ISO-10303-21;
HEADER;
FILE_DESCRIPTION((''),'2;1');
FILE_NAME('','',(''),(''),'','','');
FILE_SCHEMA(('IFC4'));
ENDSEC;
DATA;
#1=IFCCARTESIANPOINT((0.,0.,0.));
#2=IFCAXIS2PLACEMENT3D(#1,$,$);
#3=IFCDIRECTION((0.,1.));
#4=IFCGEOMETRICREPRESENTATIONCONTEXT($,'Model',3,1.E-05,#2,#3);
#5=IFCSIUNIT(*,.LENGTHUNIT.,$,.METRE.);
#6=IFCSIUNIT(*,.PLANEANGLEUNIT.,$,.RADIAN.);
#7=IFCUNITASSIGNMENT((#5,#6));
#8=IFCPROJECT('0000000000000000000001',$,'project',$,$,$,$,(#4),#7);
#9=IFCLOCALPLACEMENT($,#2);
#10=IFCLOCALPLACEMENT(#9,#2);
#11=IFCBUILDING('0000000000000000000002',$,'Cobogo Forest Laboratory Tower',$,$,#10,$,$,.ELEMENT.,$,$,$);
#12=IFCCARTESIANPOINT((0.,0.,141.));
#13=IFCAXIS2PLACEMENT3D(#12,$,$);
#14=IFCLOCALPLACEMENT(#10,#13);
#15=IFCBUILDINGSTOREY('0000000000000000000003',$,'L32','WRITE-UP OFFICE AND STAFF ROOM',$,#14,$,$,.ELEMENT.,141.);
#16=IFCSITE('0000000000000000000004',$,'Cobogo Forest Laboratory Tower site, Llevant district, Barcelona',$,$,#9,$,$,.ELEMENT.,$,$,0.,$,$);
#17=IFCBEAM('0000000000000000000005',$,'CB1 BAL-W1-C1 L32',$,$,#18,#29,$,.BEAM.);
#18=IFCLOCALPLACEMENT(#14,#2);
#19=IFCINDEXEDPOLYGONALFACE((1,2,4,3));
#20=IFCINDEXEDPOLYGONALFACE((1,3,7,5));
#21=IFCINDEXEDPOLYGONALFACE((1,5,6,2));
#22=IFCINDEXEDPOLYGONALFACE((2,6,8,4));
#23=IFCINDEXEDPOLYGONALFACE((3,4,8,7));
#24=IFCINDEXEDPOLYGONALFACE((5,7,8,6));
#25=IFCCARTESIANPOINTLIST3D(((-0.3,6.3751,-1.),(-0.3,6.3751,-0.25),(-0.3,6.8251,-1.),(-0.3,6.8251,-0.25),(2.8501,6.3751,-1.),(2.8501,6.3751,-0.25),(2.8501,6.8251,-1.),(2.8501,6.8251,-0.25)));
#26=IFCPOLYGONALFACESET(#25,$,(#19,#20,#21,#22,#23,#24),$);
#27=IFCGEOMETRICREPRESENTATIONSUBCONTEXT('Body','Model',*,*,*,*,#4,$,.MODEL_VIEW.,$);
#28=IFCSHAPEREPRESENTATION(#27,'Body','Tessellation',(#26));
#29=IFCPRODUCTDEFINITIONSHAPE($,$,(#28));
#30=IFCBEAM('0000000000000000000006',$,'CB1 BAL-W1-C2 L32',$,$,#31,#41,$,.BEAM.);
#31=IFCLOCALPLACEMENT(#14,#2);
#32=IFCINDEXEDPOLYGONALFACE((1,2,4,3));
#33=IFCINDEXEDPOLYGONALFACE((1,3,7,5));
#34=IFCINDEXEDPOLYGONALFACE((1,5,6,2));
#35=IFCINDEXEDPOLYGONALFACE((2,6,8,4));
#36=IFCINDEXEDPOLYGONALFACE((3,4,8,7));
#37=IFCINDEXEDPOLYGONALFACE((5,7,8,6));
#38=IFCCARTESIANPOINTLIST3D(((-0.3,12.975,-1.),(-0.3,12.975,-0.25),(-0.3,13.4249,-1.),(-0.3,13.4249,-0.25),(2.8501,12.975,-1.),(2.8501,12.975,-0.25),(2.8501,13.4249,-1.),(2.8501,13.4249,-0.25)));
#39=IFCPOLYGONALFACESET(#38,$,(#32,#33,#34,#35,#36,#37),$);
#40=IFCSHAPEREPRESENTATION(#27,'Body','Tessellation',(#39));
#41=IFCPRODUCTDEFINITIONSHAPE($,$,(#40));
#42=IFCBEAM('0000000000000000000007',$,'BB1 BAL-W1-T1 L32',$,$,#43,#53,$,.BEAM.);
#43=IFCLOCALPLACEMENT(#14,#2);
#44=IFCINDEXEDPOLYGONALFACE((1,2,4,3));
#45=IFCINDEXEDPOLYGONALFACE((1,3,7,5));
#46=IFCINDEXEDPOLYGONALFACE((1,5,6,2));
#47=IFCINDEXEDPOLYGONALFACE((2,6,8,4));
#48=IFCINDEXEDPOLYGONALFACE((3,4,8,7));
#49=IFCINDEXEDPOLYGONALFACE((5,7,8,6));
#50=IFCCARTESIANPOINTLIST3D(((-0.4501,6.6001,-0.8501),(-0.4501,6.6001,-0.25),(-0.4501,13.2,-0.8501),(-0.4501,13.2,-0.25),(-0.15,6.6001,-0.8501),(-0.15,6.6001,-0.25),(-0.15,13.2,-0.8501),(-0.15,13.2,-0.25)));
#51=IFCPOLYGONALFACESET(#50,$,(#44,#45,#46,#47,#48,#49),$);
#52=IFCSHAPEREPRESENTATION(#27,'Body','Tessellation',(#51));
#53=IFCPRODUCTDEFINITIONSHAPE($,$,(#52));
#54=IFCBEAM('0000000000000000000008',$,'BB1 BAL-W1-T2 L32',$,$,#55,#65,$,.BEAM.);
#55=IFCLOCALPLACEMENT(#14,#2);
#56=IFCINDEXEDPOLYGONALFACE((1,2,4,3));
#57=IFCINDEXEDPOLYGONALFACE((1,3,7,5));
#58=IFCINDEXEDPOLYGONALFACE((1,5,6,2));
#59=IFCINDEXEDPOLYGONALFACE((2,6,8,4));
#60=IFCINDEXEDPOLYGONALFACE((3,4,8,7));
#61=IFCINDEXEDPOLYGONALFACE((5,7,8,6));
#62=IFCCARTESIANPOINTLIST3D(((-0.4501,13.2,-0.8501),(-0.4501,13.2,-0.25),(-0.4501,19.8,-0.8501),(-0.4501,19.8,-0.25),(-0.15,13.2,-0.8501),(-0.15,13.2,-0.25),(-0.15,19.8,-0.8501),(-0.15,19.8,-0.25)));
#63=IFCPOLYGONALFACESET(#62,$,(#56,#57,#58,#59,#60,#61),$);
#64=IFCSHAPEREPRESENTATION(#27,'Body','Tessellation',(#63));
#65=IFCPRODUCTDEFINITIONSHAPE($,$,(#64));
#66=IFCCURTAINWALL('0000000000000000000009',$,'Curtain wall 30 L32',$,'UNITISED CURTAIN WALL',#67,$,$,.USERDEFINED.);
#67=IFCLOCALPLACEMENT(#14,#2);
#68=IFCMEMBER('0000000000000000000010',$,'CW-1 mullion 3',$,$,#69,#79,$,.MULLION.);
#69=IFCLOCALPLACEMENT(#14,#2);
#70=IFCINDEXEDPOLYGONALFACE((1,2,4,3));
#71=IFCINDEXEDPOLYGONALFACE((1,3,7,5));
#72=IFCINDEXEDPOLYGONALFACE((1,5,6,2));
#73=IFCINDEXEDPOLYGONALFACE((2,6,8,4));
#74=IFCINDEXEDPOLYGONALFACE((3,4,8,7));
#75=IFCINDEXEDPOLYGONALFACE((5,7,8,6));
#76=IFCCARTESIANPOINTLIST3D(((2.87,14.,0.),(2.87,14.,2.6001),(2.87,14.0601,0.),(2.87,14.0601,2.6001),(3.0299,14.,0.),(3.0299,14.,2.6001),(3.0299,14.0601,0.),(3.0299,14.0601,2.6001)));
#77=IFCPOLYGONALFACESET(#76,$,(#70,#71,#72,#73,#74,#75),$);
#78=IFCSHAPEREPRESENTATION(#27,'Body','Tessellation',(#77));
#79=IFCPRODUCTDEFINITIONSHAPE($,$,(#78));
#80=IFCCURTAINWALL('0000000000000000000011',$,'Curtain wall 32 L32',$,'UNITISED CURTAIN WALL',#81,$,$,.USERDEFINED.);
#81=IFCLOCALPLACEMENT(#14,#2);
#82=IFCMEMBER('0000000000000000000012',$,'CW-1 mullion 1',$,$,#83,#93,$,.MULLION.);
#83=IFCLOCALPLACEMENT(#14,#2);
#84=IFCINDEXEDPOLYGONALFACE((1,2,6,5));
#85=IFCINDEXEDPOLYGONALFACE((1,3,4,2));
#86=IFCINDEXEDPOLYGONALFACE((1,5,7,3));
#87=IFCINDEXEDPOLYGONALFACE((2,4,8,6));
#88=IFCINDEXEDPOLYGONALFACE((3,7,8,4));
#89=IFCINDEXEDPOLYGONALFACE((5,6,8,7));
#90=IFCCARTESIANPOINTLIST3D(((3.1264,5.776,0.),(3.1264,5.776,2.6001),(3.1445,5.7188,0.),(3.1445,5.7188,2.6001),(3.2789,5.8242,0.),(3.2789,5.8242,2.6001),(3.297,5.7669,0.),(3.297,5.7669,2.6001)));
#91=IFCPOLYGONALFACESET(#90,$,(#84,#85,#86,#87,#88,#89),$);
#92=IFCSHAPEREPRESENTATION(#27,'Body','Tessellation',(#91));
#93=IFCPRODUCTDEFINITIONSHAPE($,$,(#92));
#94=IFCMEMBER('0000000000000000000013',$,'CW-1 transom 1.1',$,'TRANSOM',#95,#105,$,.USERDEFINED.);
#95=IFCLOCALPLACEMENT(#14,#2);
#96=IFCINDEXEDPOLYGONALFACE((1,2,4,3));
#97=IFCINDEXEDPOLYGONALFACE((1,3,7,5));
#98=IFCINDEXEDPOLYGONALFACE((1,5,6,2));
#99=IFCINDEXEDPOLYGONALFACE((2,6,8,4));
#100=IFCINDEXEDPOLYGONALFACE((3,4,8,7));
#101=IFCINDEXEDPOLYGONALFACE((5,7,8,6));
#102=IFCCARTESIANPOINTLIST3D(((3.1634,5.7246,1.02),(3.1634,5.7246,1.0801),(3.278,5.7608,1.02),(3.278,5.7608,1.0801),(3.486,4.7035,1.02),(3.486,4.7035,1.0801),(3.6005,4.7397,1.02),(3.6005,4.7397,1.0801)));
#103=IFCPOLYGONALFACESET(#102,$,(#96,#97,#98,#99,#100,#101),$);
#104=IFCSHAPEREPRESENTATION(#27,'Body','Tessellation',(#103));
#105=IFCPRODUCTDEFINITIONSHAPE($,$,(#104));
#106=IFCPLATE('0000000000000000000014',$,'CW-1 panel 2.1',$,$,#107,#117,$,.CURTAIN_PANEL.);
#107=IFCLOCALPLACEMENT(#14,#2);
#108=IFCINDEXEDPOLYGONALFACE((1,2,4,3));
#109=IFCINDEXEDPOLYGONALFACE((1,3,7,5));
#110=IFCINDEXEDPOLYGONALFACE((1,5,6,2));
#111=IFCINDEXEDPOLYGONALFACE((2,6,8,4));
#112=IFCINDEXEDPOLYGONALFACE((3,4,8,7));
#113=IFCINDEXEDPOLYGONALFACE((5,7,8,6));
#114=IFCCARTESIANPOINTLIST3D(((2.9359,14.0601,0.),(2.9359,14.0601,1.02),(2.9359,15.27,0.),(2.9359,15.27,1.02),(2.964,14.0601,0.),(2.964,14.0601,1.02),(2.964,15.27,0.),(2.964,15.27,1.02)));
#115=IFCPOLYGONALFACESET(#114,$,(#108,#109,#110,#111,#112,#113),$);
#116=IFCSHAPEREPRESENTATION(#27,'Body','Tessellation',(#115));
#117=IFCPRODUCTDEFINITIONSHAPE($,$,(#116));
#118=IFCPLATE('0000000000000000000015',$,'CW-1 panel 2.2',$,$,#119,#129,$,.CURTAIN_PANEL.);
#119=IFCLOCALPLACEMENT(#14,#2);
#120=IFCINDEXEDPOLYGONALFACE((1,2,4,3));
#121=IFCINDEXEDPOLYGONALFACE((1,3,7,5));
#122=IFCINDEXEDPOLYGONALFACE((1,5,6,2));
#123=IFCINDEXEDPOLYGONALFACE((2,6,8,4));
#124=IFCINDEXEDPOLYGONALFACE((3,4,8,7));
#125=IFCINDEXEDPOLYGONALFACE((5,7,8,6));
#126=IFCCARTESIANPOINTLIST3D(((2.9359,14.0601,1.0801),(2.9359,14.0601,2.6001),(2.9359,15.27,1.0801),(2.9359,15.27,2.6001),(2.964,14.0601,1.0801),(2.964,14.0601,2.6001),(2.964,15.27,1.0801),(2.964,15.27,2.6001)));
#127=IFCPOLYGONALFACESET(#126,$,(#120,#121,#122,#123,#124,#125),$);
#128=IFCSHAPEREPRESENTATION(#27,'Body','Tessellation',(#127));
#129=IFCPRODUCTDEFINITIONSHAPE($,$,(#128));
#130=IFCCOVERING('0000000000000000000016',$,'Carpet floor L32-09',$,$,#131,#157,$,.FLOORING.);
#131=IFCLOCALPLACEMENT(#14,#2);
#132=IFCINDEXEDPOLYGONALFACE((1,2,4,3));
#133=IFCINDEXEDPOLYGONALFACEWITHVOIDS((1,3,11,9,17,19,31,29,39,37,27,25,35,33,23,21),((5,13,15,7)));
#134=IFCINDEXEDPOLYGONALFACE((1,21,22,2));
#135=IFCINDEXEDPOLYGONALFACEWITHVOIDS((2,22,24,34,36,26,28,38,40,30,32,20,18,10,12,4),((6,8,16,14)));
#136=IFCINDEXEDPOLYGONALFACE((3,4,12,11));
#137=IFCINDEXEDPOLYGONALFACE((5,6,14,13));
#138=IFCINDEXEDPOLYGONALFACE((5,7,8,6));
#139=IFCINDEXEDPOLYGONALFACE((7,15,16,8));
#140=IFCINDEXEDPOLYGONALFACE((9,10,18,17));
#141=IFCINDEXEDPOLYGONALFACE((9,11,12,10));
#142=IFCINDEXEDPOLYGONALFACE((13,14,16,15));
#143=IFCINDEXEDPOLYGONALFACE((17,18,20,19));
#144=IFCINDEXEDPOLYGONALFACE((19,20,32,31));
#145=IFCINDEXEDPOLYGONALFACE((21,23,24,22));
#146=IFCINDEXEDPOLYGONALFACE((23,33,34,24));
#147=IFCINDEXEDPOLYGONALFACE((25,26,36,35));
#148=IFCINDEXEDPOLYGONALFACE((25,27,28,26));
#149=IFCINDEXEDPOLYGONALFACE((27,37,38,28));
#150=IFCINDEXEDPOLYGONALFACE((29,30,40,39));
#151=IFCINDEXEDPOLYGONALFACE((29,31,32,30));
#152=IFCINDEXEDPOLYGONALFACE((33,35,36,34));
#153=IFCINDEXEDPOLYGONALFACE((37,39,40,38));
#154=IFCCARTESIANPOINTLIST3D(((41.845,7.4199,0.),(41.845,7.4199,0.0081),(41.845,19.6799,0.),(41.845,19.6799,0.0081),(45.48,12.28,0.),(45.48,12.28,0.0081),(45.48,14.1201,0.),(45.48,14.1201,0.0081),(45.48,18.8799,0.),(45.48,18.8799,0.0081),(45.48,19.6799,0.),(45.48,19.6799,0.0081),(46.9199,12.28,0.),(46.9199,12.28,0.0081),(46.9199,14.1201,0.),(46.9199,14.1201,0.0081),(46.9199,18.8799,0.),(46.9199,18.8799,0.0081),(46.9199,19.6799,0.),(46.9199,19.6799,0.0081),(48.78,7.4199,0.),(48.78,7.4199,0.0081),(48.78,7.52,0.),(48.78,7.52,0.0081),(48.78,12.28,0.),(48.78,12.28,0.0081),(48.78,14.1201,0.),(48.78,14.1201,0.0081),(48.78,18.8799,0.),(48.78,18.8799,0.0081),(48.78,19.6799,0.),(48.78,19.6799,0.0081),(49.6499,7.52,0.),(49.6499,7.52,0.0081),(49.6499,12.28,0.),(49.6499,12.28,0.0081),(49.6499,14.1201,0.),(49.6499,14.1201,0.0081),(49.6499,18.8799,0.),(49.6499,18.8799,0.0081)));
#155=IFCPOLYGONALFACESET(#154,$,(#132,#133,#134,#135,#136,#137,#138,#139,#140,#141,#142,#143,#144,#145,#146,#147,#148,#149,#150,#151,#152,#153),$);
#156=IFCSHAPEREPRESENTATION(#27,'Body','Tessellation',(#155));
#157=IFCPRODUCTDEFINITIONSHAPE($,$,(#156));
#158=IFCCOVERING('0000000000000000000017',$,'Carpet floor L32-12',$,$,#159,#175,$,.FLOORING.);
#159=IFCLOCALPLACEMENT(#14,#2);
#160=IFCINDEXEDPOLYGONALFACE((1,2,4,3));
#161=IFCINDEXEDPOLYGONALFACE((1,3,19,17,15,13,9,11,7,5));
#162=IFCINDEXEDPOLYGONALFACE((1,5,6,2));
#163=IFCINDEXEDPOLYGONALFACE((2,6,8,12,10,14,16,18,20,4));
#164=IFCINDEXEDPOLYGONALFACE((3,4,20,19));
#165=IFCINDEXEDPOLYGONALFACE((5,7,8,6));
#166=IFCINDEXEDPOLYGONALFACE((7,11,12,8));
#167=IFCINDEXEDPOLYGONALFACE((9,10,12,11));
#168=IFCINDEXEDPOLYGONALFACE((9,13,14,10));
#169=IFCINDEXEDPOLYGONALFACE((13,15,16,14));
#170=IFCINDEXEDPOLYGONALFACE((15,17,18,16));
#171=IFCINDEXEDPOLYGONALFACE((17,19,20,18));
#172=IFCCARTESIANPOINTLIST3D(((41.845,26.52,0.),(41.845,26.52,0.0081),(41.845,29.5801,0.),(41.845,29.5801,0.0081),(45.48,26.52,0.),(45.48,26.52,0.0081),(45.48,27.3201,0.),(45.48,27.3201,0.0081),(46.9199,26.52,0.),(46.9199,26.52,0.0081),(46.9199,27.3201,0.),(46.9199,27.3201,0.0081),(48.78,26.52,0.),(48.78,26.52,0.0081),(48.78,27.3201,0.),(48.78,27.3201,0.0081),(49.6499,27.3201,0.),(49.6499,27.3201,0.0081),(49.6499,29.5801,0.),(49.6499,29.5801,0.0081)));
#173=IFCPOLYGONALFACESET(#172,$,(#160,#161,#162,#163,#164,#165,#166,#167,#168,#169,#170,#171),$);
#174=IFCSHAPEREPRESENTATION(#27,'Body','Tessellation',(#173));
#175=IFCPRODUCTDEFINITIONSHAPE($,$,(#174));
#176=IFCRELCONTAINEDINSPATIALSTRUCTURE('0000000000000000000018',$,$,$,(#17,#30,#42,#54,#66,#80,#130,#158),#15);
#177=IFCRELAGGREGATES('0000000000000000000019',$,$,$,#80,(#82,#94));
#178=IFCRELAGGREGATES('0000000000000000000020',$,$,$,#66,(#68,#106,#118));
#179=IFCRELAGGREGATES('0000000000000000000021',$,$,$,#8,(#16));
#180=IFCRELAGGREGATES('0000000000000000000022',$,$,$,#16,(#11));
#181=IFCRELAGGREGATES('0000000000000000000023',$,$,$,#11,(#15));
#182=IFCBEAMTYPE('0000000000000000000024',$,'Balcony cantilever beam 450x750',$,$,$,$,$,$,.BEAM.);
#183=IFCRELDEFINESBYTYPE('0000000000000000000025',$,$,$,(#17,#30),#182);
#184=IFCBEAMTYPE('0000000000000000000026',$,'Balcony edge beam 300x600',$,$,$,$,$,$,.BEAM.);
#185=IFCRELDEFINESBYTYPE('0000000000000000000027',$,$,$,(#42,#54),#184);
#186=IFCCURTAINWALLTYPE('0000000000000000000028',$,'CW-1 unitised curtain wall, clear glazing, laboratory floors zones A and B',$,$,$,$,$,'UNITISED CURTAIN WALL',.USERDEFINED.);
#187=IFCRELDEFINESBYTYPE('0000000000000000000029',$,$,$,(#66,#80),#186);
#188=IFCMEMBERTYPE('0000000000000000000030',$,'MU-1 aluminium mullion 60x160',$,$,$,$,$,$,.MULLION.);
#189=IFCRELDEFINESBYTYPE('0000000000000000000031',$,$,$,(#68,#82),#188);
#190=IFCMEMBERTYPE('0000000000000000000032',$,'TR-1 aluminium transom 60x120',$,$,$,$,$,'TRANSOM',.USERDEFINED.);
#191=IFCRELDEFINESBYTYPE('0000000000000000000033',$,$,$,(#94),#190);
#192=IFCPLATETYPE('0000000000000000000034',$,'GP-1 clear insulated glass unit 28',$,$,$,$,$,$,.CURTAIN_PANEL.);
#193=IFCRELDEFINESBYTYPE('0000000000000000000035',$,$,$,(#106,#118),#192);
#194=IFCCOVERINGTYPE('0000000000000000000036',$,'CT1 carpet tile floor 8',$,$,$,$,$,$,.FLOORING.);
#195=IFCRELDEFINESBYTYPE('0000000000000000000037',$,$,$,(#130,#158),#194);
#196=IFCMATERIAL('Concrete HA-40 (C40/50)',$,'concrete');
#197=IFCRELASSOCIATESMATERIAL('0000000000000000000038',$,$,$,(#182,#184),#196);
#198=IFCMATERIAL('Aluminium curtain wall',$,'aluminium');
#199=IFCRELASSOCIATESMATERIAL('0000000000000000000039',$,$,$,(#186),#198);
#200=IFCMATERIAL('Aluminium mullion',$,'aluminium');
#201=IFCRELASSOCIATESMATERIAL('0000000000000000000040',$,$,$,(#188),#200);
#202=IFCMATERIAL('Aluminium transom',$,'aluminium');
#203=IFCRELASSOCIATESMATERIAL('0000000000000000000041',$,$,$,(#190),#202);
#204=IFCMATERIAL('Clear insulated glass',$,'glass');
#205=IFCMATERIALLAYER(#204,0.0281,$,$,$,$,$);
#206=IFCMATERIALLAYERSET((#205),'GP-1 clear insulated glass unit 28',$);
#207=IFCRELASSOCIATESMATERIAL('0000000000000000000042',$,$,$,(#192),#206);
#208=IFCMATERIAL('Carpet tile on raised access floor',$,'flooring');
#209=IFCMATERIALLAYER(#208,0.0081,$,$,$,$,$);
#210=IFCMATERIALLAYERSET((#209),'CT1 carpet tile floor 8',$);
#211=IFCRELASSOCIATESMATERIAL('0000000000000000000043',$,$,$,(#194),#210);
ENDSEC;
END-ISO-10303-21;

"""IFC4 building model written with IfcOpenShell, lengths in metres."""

from ifc_helpers import new_model, si_unit, direction, frame, origin, origin_2d, place, context, subcontext, project, spatial, polyline, rectangle, outline, extrude, material, layer, layer_set, material_profile, profile_set, type_object, element, aggregate, save


model = new_model("IFC4")

# Units and contexts
model_context = context("Model", 3, precision=1e-05, world=origin(), true_north=direction((0.0, 1.0)))
body_context = subcontext(model_context, "Body", "Model", "MODEL_VIEW")
ifc_project = project(units=[si_unit("LENGTHUNIT", "METRE"), si_unit("PLANEANGLEUNIT", "RADIAN")], contexts=[model_context])

# Site, building, storey
site_placement = place(None, origin())
site = spatial("IfcSite", under=ifc_project, at=site_placement, Name="Cobogo Forest Laboratory Tower site, Llevant district, Barcelona", CompositionType="ELEMENT", RefElevation=0.0)
building_placement = place(site_placement, origin())
building = spatial("IfcBuilding", under=site, at=building_placement, Name="Cobogo Forest Laboratory Tower", CompositionType="ELEMENT")
storey_placement = place(building_placement, frame((0.0, 0.0, 141.0)))
storey = spatial("IfcBuildingStorey", under=building, at=storey_placement, Name="L32", Description="WRITE-UP OFFICE AND STAFF ROOM", CompositionType="ELEMENT", Elevation=141.0)

# Beams
ifc_material_1 = material(Name="Concrete HA-40 (C40/50)", Category="concrete")
ifc_material_profile_1 = material_profile(ifc_material_1, rectangle(XDim=0.45, YDim=0.75, at=origin_2d()), Name="RC 450x750")
ifc_profile_set_1 = profile_set([ifc_material_profile_1], Name="Concrete HA-40 (C40/50)")
beam_type_1 = type_object("IfcBeamType", Name="Balcony cantilever beam 450x750", PredefinedType="BEAM", material=ifc_profile_set_1)
for number, where, z_axis, x_axis, name in (
    (1, (2.8501, 6.6001, -0.625), (-1.0, 0.0, 0.0), (0.0, -1.0, 0.0), "CB1 BAL-W1-C1 L32"),
    (2, (2.8501, 13.2, -0.625), (-1.0, 0.0, 0.0), (0.0, -1.0, 0.0), "CB1 BAL-W1-C2 L32"),
):
    element("IfcBeam", number, at=place(storey_placement, frame(where, z_axis=z_axis, x_axis=x_axis)), inside=storey, type_object=beam_type_1, Name=name, PredefinedType="BEAM", context=body_context, shape_type="SweptSolid", body=[
        extrude(rectangle(XDim=0.45, YDim=0.75, at=origin_2d()), origin(), (0.0, 0.0, 1.0), 3.1501),
    ])
ifc_material_profile_2 = material_profile(ifc_material_1, rectangle(XDim=0.3, YDim=0.6001, at=origin_2d()), Name="RC 300x600")
ifc_profile_set_2 = profile_set([ifc_material_profile_2], Name="Concrete HA-40 (C40/50)")
beam_type_2 = type_object("IfcBeamType", Name="Balcony edge beam 300x600", PredefinedType="BEAM", material=ifc_profile_set_2)
beam_1_placement = place(storey_placement, frame((-0.3, 6.6001, -0.55), z_axis=(0.0, 1.0, 0.0), x_axis=(-1.0, 0.0, 0.0)))
element("IfcBeam", 3, at=beam_1_placement, inside=storey, type_object=beam_type_2, Name="BB1 BAL-W1-T1 L32", PredefinedType="BEAM", context=body_context, shape_type="SweptSolid", body=[
    extrude(rectangle(XDim=0.3, YDim=0.6001, at=origin_2d()), origin(), (0.0, 0.0, 1.0), 6.5999),
])
beam_2_placement = place(storey_placement, frame((-0.3, 13.2, -0.55), z_axis=(0.0, 1.0, 0.0), x_axis=(-1.0, 0.0, 0.0)))
element("IfcBeam", 4, at=beam_2_placement, inside=storey, type_object=beam_type_2, Name="BB1 BAL-W1-T2 L32", PredefinedType="BEAM", context=body_context, shape_type="SweptSolid", body=[
    extrude(rectangle(XDim=0.3, YDim=0.6001, at=origin_2d()), origin(), (0.0, 0.0, 1.0), 6.6001),
])

# Curtain wall, member
ifc_material_2 = material(Name="Aluminium curtain wall", Category="aluminium")
curtain_wall_type = type_object("IfcCurtainWallType", Name="CW-1 unitised curtain wall, clear glazing, laboratory floors zones A and B", ElementType="UNITISED CURTAIN WALL", PredefinedType="USERDEFINED", material=ifc_material_2)
curtain_wall_1_placement = place(storey_placement, origin())
curtain_wall_1 = element("IfcCurtainWall", 5, at=curtain_wall_1_placement, inside=storey, type_object=curtain_wall_type, Name="Curtain wall 30 L32", ObjectType="UNITISED CURTAIN WALL", PredefinedType="USERDEFINED")
ifc_material_3 = material(Name="Aluminium mullion", Category="aluminium")
ifc_material_profile_3 = material_profile(ifc_material_3, rectangle(XDim=0.0601, YDim=0.1599, at=origin_2d()), Name="AL 60x160")
ifc_profile_set_3 = profile_set([ifc_material_profile_3], Name="Aluminium mullion")
member_type_1 = type_object("IfcMemberType", Name="MU-1 aluminium mullion 60x160", PredefinedType="MULLION", material=ifc_profile_set_3)
member_1_placement = place(storey_placement, frame((2.95, 14.03, 0.0), z_axis=(0.0, 0.0, 1.0), x_axis=(0.0, -1.0, 0.0)))
member_1 = element("IfcMember", 6, at=member_1_placement, type_object=member_type_1, Name="CW-1 mullion 3", PredefinedType="MULLION", context=body_context, shape_type="SweptSolid", body=[
    extrude(rectangle(XDim=0.0601, YDim=0.1599, at=origin_2d()), origin(), (0.0, 0.0, 1.0), 2.6001),
])

# Curtain wall, members
curtain_wall_2_placement = place(storey_placement, origin())
curtain_wall_2 = element("IfcCurtainWall", 7, at=curtain_wall_2_placement, inside=storey, type_object=curtain_wall_type, Name="Curtain wall 32 L32", ObjectType="UNITISED CURTAIN WALL", PredefinedType="USERDEFINED")
member_2_placement = place(storey_placement, frame((3.2117, 5.7715, 0.0), z_axis=(0.0, 0.0, 1.0), x_axis=(0.301136, -0.953581, 0.0)))
member_2 = element("IfcMember", 8, at=member_2_placement, type_object=member_type_1, Name="CW-1 mullion 1", PredefinedType="MULLION", context=body_context, shape_type="SweptSolid", body=[
    extrude(rectangle(XDim=0.0601, YDim=0.1599, at=origin_2d()), origin(), (0.0, 0.0, 1.0), 2.6001),
])
ifc_material_4 = material(Name="Aluminium transom", Category="aluminium")
ifc_material_profile_4 = material_profile(ifc_material_4, rectangle(XDim=0.1201, YDim=0.0601, at=origin_2d()), Name="AL 60x120")
ifc_profile_set_4 = profile_set([ifc_material_profile_4], Name="Aluminium transom")
member_type_2 = type_object("IfcMemberType", Name="TR-1 aluminium transom 60x120", ElementType="TRANSOM", PredefinedType="USERDEFINED", material=ifc_profile_set_4)
member_3_placement = place(storey_placement, frame((3.2207, 5.7427, 1.05), z_axis=(0.301208, -0.953559, 0.0), x_axis=(0.953559, 0.301208, 0.0)))
member_3 = element("IfcMember", 9, at=member_3_placement, type_object=member_type_2, Name="CW-1 transom 1.1", ObjectType="TRANSOM", PredefinedType="USERDEFINED", context=body_context, shape_type="SweptSolid", body=[
    extrude(rectangle(XDim=0.1201, YDim=0.0601, at=origin_2d()), origin(), (0.0, 0.0, 1.0), 1.0708),
])
aggregate(curtain_wall_2, [member_2, member_3])

# Plates
ifc_material_5 = material(Name="Clear insulated glass", Category="glass")
ifc_layer_1 = layer(ifc_material_5, 0.0281)
ifc_layer_set_1 = layer_set([ifc_layer_1], Name="GP-1 clear insulated glass unit 28")
plate_type = type_object("IfcPlateType", Name="GP-1 clear insulated glass unit 28", PredefinedType="CURTAIN_PANEL", material=ifc_layer_set_1)
plate_1_placement = place(storey_placement, frame((2.95, 14.665, 0.0), z_axis=(0.0, 0.0, 1.0), x_axis=(0.0, -1.0, 0.0)))
plate_1 = element("IfcPlate", 10, at=plate_1_placement, type_object=plate_type, Name="CW-1 panel 2.1", PredefinedType="CURTAIN_PANEL", context=body_context, shape_type="SweptSolid", body=[
    extrude(rectangle(XDim=1.21, YDim=0.0281, at=origin_2d()), origin(), (0.0, 0.0, 1.0), 1.02),
])
plate_2_placement = place(storey_placement, frame((2.95, 14.665, 1.0801), z_axis=(0.0, 0.0, 1.0), x_axis=(0.0, -1.0, 0.0)))
plate_2 = element("IfcPlate", 11, at=plate_2_placement, type_object=plate_type, Name="CW-1 panel 2.2", PredefinedType="CURTAIN_PANEL", context=body_context, shape_type="SweptSolid", body=[
    extrude(rectangle(XDim=1.21, YDim=0.0281, at=origin_2d()), origin(), (0.0, 0.0, 1.0), 1.52),
])
aggregate(curtain_wall_1, [member_1, plate_1, plate_2])

# Coverings
ifc_material_6 = material(Name="Carpet tile on raised access floor", Category="flooring")
ifc_layer_2 = layer(ifc_material_6, 0.0081)
ifc_layer_set_2 = layer_set([ifc_layer_2], Name="CT1 carpet tile floor 8")
covering_type_1 = type_object("IfcCoveringType", Name="CT1 carpet tile floor 8", PredefinedType="FLOORING", material=ifc_layer_set_2)
covering_1_placement = place(storey_placement, origin())
element("IfcCovering", 12, at=covering_1_placement, inside=storey, type_object=covering_type_1, Name="Carpet floor L32-09", PredefinedType="FLOORING", context=body_context, shape_type="SweptSolid", body=[
    extrude(outline(polyline([(41.845, 19.6799), (45.48, 19.6799), (45.48, 18.8799), (46.9199, 18.8799), (46.9199, 19.6799), (48.78, 19.6799), (48.78, 18.8799), (49.6499, 18.8799), (49.6499, 14.1201), (48.78, 14.1201), (48.78, 12.28), (49.6499, 12.28), (49.6499, 7.52), (48.78, 7.52), (48.78, 7.4199), (41.845, 7.4199), (41.845, 19.6799)]), holes=[polyline([(45.48, 12.28), (46.9199, 12.28), (46.9199, 14.1201), (45.48, 14.1201), (45.48, 12.28)])]), origin(), (0.0, 0.0, 1.0), 0.0081),
])
covering_2_placement = place(storey_placement, origin())
element("IfcCovering", 13, at=covering_2_placement, inside=storey, type_object=covering_type_1, Name="Carpet floor L32-12", PredefinedType="FLOORING", context=body_context, shape_type="SweptSolid", body=[
    extrude(outline(polyline([(41.845, 29.5801), (49.6499, 29.5801), (49.6499, 27.3201), (48.78, 27.3201), (48.78, 26.52), (46.9199, 26.52), (46.9199, 27.3201), (45.48, 27.3201), (45.48, 26.52), (41.845, 26.52), (41.845, 29.5801)])), origin(), (0.0, 0.0, 1.0), 0.0081),
])

save(model, "model.ifc")
